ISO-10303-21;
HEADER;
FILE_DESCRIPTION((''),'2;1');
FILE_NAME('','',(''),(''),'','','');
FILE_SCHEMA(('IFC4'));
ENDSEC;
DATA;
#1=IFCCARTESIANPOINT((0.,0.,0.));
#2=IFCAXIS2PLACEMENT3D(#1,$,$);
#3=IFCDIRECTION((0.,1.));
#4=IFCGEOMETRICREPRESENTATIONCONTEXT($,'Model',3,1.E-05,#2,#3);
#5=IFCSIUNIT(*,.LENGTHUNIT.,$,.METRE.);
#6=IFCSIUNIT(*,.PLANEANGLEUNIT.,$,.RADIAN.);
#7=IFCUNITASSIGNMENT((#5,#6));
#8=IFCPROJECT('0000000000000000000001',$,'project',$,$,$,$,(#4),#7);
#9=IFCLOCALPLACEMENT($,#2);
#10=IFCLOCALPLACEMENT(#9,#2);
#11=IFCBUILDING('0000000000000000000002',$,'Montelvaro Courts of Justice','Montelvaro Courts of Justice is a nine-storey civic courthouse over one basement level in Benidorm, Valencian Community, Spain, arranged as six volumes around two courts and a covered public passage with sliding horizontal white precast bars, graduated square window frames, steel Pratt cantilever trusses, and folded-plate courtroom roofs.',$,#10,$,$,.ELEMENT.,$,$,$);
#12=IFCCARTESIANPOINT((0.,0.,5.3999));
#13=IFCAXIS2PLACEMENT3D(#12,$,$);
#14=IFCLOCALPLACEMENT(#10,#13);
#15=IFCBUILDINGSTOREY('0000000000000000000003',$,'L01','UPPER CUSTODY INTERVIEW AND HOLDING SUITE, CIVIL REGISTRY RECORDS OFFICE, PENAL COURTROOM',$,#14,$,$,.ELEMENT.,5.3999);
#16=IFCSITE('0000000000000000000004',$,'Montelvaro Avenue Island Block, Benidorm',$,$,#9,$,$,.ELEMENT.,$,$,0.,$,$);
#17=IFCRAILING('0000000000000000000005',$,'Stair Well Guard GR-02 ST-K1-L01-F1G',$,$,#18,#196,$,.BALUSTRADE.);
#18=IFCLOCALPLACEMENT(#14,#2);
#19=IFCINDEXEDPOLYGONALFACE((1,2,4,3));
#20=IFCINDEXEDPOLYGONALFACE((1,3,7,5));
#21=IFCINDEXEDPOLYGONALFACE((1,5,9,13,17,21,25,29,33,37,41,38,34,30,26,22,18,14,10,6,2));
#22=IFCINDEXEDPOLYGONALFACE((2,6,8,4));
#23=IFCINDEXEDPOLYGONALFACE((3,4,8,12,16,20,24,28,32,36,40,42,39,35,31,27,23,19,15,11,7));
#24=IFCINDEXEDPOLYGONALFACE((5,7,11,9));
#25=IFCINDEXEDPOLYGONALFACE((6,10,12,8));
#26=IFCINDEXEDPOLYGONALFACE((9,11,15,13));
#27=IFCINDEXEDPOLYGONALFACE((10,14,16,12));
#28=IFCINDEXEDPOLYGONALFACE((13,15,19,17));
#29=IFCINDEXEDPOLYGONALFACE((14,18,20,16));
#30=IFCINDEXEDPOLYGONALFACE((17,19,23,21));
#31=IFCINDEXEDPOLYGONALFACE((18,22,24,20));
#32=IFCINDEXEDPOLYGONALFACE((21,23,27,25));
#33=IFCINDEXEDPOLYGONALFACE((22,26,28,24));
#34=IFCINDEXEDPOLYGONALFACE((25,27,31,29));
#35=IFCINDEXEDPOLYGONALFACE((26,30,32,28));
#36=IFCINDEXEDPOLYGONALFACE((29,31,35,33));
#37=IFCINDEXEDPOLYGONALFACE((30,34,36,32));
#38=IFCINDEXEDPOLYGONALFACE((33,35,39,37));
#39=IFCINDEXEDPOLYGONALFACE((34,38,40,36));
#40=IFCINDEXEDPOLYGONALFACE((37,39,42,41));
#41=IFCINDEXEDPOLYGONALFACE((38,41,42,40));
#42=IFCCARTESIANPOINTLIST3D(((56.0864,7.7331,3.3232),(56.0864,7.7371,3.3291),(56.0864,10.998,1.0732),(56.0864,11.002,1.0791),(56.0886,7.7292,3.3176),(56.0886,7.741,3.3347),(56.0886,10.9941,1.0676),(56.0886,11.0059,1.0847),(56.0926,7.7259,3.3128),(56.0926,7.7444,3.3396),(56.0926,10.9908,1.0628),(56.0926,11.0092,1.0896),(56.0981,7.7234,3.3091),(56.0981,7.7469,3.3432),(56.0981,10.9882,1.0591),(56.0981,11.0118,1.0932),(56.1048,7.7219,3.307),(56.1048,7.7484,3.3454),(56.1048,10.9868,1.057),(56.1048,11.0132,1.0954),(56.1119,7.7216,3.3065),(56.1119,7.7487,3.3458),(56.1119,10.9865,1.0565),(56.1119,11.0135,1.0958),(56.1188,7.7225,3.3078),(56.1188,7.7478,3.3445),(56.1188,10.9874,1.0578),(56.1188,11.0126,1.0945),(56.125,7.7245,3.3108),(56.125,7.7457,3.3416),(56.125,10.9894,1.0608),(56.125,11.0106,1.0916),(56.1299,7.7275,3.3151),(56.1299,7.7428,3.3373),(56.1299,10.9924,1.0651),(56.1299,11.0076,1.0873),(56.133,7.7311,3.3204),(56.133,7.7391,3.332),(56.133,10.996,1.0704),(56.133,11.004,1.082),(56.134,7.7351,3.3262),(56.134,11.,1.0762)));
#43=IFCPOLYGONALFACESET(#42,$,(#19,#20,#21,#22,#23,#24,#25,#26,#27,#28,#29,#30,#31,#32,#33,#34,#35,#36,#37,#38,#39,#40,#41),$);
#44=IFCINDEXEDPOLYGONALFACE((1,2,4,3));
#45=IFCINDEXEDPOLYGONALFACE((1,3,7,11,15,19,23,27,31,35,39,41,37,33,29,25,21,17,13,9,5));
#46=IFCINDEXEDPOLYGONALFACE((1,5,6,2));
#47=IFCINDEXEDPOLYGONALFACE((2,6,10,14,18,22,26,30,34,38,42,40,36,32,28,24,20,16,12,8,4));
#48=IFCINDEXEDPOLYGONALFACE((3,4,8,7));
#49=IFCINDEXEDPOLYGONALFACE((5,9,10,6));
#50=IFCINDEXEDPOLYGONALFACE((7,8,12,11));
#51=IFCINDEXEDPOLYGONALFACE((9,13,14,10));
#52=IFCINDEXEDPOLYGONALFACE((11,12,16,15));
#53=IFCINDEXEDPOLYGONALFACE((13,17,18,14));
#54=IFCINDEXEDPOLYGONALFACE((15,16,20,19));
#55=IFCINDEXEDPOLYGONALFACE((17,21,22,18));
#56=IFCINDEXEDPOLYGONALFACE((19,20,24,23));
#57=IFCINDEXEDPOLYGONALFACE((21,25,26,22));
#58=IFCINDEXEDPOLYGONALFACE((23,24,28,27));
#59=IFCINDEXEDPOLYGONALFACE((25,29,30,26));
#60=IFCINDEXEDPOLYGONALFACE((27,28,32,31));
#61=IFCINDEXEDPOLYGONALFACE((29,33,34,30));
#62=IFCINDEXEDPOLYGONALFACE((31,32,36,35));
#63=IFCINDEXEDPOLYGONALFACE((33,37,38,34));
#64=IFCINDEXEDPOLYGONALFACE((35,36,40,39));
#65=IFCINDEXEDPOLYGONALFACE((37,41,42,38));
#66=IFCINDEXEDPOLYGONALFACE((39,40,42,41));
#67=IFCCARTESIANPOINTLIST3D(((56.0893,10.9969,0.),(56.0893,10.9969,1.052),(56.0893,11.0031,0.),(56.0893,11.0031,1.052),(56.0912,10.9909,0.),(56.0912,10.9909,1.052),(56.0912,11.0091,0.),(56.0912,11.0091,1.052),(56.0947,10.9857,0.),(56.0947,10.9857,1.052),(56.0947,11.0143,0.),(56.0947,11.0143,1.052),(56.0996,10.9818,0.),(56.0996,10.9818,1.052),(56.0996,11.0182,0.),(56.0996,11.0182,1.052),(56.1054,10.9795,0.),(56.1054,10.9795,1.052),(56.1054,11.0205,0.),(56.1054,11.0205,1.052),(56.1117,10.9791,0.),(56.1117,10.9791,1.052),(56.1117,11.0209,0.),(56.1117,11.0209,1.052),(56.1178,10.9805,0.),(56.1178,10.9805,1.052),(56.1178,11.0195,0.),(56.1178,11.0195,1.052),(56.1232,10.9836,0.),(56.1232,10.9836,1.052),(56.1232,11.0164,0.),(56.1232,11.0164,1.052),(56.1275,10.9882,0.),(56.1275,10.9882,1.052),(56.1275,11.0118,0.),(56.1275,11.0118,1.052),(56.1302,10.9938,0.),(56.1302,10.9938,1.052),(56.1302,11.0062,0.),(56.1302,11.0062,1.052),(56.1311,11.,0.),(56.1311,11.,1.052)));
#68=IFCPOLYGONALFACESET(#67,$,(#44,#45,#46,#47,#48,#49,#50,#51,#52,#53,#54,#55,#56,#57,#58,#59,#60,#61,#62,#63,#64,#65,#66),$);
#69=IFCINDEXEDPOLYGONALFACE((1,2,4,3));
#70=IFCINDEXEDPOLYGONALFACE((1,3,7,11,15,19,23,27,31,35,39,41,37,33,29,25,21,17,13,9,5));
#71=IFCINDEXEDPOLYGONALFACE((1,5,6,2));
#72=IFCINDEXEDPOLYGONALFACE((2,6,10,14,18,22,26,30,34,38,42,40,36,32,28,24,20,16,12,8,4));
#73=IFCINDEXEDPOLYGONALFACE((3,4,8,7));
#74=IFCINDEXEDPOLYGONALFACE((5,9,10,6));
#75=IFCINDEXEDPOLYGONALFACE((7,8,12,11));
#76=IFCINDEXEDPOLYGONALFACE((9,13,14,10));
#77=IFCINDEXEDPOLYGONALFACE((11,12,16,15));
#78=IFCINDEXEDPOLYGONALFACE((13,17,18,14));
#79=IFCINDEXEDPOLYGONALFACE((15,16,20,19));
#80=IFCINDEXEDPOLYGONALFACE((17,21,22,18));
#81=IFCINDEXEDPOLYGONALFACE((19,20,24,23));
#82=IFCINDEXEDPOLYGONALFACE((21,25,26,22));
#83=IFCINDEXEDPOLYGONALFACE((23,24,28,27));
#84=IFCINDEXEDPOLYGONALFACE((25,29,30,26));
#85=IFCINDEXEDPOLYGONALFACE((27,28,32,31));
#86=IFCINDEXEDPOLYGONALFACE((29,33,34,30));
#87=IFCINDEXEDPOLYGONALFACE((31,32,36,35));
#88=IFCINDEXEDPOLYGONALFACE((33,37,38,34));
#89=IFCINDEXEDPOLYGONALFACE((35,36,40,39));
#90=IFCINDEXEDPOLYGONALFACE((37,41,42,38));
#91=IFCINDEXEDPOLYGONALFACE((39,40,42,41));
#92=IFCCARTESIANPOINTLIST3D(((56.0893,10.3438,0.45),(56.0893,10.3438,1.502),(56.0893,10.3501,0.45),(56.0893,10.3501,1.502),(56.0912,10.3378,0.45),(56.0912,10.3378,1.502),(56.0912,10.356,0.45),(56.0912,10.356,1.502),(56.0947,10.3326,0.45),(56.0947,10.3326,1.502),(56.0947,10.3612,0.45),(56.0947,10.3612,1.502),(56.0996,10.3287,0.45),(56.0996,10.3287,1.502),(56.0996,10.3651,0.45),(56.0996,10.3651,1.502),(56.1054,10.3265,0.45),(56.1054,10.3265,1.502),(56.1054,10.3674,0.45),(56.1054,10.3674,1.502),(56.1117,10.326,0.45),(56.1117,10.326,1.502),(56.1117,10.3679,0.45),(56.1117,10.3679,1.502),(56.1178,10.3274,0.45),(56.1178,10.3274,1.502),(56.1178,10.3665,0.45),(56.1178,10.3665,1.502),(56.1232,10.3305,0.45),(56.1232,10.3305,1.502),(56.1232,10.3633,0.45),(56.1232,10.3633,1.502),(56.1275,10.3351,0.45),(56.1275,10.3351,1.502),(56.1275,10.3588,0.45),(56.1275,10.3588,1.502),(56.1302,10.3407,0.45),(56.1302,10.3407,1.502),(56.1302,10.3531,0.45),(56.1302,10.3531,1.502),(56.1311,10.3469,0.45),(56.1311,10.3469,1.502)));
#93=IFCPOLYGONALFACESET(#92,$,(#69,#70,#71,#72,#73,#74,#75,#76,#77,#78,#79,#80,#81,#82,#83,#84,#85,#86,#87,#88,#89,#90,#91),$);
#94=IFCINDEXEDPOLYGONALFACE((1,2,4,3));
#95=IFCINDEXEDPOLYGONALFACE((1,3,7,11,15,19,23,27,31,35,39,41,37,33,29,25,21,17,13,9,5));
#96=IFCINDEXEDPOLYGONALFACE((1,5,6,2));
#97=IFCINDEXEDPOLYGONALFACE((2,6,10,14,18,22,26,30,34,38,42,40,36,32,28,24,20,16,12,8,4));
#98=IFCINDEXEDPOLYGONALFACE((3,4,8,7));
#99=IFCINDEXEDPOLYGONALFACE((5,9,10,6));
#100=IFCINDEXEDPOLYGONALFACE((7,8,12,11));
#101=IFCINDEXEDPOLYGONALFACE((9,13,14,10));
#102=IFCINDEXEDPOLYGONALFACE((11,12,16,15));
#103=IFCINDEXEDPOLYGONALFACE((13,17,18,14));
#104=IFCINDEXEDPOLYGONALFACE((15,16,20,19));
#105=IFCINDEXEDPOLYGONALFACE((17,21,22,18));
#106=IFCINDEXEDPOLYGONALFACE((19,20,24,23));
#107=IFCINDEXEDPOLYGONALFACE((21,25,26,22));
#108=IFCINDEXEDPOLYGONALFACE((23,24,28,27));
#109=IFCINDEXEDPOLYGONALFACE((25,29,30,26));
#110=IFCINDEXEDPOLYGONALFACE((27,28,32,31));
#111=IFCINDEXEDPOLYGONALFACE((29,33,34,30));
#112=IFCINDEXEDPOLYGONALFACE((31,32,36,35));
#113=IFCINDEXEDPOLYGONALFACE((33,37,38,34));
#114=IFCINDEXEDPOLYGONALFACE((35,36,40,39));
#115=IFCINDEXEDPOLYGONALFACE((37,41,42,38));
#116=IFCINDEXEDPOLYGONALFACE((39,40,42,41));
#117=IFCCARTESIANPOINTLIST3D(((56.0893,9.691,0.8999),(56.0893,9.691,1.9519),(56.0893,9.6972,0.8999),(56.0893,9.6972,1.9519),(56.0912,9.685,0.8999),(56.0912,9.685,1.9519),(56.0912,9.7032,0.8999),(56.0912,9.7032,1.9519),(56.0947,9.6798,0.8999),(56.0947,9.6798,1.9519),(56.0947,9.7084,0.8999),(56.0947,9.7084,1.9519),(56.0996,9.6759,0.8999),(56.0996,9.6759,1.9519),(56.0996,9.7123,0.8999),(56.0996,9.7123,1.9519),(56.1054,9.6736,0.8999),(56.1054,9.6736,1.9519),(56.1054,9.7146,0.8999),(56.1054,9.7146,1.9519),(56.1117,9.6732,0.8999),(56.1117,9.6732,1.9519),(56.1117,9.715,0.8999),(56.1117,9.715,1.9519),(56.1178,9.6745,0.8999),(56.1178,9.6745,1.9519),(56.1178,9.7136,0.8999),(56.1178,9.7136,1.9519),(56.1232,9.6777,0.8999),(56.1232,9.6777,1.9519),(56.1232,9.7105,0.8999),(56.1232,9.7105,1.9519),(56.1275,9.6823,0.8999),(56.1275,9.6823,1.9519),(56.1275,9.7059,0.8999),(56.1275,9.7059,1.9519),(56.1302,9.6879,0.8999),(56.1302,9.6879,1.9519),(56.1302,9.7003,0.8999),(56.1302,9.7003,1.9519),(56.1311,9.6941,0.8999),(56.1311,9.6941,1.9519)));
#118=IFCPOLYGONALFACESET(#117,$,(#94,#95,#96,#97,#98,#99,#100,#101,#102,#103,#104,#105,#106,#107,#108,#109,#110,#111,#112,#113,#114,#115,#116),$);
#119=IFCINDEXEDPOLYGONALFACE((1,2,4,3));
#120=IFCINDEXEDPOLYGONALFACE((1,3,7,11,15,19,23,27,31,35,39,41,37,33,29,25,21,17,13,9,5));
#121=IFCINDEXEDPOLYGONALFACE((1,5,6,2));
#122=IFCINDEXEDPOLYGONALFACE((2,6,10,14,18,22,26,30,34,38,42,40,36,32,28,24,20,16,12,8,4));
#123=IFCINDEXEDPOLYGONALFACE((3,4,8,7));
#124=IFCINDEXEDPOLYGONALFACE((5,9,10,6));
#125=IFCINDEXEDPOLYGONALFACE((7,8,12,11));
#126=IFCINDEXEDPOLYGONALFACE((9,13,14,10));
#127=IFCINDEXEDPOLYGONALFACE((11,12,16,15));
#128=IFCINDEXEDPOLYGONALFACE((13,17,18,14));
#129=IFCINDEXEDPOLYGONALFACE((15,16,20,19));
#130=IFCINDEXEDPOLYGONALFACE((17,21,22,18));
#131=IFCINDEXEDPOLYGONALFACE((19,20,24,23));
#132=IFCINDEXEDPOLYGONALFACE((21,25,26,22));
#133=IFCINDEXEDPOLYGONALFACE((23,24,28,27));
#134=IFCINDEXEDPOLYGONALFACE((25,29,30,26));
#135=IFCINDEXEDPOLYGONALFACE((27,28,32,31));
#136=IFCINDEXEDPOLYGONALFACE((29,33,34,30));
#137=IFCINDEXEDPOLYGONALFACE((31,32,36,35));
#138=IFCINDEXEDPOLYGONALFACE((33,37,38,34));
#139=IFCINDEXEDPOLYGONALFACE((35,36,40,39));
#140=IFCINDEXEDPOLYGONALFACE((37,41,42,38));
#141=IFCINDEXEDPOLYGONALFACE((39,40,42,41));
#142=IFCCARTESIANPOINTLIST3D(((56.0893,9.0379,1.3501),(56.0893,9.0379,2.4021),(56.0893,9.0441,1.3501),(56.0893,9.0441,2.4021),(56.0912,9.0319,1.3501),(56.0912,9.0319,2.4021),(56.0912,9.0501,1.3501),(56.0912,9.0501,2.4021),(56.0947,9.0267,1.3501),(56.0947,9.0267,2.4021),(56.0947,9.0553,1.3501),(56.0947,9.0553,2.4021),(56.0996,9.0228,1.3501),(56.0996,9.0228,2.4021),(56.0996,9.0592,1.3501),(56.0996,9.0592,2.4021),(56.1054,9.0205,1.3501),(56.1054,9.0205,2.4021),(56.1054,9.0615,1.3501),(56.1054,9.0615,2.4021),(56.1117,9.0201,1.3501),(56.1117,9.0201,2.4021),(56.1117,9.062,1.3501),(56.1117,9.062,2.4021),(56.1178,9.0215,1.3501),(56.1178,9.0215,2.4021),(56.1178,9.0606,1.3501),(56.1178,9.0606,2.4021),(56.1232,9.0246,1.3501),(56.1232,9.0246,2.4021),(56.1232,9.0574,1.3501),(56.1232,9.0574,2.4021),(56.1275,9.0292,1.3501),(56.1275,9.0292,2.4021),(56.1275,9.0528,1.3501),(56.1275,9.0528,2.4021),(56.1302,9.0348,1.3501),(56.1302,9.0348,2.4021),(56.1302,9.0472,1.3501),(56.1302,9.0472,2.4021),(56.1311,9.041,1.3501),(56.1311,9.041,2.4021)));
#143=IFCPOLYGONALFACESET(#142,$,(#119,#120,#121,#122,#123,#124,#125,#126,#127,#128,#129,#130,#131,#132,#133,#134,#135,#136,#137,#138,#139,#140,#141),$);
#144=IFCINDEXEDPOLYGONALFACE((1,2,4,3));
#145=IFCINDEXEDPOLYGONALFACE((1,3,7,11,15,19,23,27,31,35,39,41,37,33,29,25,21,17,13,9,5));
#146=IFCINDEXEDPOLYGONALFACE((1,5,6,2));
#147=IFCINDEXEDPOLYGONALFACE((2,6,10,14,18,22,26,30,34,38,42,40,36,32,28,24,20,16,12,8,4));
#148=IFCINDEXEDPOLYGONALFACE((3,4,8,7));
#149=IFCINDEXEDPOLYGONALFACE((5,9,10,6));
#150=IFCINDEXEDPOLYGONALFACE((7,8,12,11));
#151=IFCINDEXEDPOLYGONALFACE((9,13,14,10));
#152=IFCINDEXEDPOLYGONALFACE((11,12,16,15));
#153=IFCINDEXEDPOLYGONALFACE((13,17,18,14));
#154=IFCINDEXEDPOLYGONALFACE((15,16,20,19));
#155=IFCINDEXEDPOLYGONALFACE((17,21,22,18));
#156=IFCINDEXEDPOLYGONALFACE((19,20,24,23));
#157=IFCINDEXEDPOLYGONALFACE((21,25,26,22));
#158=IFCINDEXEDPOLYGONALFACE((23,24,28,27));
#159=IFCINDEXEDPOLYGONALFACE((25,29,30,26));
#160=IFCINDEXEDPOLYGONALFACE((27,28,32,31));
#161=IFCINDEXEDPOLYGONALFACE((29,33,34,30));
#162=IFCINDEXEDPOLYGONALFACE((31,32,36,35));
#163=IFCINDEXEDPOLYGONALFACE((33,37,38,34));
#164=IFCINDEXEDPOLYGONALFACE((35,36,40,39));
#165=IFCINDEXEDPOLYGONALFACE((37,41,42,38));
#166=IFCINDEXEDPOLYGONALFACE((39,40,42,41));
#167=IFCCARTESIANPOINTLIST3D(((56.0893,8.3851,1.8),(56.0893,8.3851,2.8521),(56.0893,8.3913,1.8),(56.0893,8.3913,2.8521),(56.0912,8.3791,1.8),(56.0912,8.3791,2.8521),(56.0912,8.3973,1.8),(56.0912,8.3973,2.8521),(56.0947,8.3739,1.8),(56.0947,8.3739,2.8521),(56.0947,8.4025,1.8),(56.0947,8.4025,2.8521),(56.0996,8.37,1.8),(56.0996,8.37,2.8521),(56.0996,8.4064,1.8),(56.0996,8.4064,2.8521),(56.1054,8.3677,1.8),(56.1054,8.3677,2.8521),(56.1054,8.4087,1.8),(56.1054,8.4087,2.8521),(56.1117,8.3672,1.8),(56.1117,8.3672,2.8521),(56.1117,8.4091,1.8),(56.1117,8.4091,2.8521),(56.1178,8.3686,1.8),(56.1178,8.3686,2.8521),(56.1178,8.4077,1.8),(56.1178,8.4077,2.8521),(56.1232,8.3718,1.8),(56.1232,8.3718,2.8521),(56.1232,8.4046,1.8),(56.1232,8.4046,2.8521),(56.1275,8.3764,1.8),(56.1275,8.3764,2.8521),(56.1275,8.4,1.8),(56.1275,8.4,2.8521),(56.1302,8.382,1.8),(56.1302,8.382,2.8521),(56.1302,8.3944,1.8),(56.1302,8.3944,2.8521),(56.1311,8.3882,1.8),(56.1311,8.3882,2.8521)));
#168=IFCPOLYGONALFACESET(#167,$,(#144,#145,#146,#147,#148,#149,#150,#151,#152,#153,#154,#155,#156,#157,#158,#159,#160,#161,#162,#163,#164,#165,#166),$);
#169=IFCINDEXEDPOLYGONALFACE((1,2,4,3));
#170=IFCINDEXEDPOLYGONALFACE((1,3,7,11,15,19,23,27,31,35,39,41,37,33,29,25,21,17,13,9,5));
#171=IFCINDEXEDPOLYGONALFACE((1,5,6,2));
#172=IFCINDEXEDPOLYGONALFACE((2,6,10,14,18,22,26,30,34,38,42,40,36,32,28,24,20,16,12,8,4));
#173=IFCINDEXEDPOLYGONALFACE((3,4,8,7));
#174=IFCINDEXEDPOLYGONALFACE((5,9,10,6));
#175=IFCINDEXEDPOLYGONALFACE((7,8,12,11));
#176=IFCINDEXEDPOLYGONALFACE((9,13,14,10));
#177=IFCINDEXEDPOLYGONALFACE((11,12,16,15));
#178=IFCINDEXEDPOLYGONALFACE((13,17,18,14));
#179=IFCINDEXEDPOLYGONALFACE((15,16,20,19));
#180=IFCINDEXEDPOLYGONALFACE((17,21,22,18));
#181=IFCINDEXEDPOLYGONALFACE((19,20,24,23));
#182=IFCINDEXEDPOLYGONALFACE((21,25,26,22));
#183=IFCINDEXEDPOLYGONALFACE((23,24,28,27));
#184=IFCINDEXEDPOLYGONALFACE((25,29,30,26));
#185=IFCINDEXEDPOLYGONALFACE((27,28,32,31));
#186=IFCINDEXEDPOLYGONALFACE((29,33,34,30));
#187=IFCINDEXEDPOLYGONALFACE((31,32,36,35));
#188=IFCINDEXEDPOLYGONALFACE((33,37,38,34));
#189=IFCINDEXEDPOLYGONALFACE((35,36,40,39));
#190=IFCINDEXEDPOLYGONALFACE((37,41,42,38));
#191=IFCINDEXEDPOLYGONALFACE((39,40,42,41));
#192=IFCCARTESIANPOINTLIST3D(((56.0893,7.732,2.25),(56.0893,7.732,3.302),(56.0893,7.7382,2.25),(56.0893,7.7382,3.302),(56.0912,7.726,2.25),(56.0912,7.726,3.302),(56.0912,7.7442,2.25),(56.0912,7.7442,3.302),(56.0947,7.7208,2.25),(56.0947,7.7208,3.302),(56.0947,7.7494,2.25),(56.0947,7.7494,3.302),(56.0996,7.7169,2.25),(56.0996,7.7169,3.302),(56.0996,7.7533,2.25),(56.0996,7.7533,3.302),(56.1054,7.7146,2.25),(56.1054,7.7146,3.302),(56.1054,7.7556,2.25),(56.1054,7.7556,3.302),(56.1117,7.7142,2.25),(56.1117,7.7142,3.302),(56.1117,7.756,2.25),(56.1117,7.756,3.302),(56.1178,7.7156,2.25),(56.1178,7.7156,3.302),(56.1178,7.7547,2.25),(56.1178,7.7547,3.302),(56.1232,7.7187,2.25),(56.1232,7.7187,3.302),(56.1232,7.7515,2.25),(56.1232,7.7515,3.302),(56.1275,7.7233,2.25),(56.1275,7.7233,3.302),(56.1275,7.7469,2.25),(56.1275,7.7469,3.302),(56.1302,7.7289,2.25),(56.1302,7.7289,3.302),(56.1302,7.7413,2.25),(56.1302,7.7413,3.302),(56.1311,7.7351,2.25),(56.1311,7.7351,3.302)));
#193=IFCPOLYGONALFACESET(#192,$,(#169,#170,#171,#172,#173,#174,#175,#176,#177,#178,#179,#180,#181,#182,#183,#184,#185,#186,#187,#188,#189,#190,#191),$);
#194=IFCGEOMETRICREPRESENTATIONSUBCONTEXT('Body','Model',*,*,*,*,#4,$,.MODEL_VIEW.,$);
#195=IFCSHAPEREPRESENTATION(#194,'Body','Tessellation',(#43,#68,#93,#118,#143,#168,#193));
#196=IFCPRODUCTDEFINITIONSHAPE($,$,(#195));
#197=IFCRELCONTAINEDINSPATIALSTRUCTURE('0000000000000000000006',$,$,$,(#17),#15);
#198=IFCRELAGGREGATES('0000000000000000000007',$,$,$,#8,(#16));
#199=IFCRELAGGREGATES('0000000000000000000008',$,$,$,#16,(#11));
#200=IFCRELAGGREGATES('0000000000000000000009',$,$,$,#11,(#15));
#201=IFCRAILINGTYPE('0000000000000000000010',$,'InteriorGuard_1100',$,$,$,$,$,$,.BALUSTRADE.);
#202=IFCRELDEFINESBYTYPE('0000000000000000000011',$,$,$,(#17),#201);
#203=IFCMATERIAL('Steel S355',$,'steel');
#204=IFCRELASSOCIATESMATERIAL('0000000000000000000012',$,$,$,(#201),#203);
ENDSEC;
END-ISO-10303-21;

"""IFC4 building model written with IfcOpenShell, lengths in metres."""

from ifc_helpers import new_model, si_unit, direction, frame, origin, origin_2d, place, context, subcontext, project, spatial, circle, extrude, material, type_object, element, save


model = new_model("IFC4")

# Units and contexts
model_context = context("Model", 3, precision=1e-05, world=origin(), true_north=direction((0.0, 1.0)))
body_context = subcontext(model_context, "Body", "Model", "MODEL_VIEW")
ifc_project = project(units=[si_unit("LENGTHUNIT", "METRE"), si_unit("PLANEANGLEUNIT", "RADIAN")], contexts=[model_context])

# Site, building, storey
site_placement = place(None, origin())
site = spatial("IfcSite", under=ifc_project, at=site_placement, Name="Montelvaro Avenue Island Block, Benidorm", CompositionType="ELEMENT", RefElevation=0.0)
building_placement = place(site_placement, origin())
building = spatial("IfcBuilding", under=site, at=building_placement, Name="Montelvaro Courts of Justice", Description="Montelvaro Courts of Justice is a nine-storey civic courthouse over one basement level in Benidorm, Valencian Community, Spain, arranged as six volumes around two courts and a covered public passage with sliding horizontal white precast bars, graduated square window frames, steel Pratt cantilever trusses, and folded-plate courtroom roofs.", CompositionType="ELEMENT")
storey_placement = place(building_placement, frame((0.0, 0.0, 5.3999)))
storey = spatial("IfcBuildingStorey", under=building, at=storey_placement, Name="L01", Description="UPPER CUSTODY INTERVIEW AND HOLDING SUITE, CIVIL REGISTRY RECORDS OFFICE, PENAL COURTROOM", CompositionType="ELEMENT", Elevation=5.3999)

# Shared definitions
ifc_material_1 = material(Name="Steel S355", Category="steel")

# Railing
railing_type_1 = type_object("IfcRailingType", Name="InteriorGuard_1100", PredefinedType="BALUSTRADE", material=ifc_material_1)
railing_1_placement = place(storey_placement, frame((56.1101, 11.0, 0.0)))
element("IfcRailing", 1, at=railing_1_placement, inside=storey, type_object=railing_type_1, Name="Stair Well Guard GR-02 ST-K1-L01-F1G", PredefinedType="BALUSTRADE", context=body_context, shape_type="SweptSolid", body=[
    extrude(circle(Radius=0.0239, at=origin_2d()), frame((0.0, 0.0, 1.0762), z_axis=(0.0, -0.823407, 0.567451), x_axis=(1.0, 0.0, 0.0)), (0.0, 0.0, 1.0), 3.9651),
    extrude(circle(Radius=0.021, at=origin_2d()), origin(), (0.0, 0.0, 1.0), 1.052),
    extrude(circle(Radius=0.021, at=origin_2d()), frame((0.0, -0.6531, 0.45)), (0.0, 0.0, 1.0), 1.052),
    extrude(circle(Radius=0.021, at=origin_2d()), frame((0.0, -1.3059, 0.8999)), (0.0, 0.0, 1.0), 1.052),
    extrude(circle(Radius=0.021, at=origin_2d()), frame((0.0, -1.959, 1.3501)), (0.0, 0.0, 1.0), 1.052),
    extrude(circle(Radius=0.021, at=origin_2d()), frame((0.0, -2.6118, 1.8)), (0.0, 0.0, 1.0), 1.052),
    extrude(circle(Radius=0.021, at=origin_2d()), frame((0.0, -3.2649, 2.25)), (0.0, 0.0, 1.0), 1.052),
])

save(model, "model.ifc")
